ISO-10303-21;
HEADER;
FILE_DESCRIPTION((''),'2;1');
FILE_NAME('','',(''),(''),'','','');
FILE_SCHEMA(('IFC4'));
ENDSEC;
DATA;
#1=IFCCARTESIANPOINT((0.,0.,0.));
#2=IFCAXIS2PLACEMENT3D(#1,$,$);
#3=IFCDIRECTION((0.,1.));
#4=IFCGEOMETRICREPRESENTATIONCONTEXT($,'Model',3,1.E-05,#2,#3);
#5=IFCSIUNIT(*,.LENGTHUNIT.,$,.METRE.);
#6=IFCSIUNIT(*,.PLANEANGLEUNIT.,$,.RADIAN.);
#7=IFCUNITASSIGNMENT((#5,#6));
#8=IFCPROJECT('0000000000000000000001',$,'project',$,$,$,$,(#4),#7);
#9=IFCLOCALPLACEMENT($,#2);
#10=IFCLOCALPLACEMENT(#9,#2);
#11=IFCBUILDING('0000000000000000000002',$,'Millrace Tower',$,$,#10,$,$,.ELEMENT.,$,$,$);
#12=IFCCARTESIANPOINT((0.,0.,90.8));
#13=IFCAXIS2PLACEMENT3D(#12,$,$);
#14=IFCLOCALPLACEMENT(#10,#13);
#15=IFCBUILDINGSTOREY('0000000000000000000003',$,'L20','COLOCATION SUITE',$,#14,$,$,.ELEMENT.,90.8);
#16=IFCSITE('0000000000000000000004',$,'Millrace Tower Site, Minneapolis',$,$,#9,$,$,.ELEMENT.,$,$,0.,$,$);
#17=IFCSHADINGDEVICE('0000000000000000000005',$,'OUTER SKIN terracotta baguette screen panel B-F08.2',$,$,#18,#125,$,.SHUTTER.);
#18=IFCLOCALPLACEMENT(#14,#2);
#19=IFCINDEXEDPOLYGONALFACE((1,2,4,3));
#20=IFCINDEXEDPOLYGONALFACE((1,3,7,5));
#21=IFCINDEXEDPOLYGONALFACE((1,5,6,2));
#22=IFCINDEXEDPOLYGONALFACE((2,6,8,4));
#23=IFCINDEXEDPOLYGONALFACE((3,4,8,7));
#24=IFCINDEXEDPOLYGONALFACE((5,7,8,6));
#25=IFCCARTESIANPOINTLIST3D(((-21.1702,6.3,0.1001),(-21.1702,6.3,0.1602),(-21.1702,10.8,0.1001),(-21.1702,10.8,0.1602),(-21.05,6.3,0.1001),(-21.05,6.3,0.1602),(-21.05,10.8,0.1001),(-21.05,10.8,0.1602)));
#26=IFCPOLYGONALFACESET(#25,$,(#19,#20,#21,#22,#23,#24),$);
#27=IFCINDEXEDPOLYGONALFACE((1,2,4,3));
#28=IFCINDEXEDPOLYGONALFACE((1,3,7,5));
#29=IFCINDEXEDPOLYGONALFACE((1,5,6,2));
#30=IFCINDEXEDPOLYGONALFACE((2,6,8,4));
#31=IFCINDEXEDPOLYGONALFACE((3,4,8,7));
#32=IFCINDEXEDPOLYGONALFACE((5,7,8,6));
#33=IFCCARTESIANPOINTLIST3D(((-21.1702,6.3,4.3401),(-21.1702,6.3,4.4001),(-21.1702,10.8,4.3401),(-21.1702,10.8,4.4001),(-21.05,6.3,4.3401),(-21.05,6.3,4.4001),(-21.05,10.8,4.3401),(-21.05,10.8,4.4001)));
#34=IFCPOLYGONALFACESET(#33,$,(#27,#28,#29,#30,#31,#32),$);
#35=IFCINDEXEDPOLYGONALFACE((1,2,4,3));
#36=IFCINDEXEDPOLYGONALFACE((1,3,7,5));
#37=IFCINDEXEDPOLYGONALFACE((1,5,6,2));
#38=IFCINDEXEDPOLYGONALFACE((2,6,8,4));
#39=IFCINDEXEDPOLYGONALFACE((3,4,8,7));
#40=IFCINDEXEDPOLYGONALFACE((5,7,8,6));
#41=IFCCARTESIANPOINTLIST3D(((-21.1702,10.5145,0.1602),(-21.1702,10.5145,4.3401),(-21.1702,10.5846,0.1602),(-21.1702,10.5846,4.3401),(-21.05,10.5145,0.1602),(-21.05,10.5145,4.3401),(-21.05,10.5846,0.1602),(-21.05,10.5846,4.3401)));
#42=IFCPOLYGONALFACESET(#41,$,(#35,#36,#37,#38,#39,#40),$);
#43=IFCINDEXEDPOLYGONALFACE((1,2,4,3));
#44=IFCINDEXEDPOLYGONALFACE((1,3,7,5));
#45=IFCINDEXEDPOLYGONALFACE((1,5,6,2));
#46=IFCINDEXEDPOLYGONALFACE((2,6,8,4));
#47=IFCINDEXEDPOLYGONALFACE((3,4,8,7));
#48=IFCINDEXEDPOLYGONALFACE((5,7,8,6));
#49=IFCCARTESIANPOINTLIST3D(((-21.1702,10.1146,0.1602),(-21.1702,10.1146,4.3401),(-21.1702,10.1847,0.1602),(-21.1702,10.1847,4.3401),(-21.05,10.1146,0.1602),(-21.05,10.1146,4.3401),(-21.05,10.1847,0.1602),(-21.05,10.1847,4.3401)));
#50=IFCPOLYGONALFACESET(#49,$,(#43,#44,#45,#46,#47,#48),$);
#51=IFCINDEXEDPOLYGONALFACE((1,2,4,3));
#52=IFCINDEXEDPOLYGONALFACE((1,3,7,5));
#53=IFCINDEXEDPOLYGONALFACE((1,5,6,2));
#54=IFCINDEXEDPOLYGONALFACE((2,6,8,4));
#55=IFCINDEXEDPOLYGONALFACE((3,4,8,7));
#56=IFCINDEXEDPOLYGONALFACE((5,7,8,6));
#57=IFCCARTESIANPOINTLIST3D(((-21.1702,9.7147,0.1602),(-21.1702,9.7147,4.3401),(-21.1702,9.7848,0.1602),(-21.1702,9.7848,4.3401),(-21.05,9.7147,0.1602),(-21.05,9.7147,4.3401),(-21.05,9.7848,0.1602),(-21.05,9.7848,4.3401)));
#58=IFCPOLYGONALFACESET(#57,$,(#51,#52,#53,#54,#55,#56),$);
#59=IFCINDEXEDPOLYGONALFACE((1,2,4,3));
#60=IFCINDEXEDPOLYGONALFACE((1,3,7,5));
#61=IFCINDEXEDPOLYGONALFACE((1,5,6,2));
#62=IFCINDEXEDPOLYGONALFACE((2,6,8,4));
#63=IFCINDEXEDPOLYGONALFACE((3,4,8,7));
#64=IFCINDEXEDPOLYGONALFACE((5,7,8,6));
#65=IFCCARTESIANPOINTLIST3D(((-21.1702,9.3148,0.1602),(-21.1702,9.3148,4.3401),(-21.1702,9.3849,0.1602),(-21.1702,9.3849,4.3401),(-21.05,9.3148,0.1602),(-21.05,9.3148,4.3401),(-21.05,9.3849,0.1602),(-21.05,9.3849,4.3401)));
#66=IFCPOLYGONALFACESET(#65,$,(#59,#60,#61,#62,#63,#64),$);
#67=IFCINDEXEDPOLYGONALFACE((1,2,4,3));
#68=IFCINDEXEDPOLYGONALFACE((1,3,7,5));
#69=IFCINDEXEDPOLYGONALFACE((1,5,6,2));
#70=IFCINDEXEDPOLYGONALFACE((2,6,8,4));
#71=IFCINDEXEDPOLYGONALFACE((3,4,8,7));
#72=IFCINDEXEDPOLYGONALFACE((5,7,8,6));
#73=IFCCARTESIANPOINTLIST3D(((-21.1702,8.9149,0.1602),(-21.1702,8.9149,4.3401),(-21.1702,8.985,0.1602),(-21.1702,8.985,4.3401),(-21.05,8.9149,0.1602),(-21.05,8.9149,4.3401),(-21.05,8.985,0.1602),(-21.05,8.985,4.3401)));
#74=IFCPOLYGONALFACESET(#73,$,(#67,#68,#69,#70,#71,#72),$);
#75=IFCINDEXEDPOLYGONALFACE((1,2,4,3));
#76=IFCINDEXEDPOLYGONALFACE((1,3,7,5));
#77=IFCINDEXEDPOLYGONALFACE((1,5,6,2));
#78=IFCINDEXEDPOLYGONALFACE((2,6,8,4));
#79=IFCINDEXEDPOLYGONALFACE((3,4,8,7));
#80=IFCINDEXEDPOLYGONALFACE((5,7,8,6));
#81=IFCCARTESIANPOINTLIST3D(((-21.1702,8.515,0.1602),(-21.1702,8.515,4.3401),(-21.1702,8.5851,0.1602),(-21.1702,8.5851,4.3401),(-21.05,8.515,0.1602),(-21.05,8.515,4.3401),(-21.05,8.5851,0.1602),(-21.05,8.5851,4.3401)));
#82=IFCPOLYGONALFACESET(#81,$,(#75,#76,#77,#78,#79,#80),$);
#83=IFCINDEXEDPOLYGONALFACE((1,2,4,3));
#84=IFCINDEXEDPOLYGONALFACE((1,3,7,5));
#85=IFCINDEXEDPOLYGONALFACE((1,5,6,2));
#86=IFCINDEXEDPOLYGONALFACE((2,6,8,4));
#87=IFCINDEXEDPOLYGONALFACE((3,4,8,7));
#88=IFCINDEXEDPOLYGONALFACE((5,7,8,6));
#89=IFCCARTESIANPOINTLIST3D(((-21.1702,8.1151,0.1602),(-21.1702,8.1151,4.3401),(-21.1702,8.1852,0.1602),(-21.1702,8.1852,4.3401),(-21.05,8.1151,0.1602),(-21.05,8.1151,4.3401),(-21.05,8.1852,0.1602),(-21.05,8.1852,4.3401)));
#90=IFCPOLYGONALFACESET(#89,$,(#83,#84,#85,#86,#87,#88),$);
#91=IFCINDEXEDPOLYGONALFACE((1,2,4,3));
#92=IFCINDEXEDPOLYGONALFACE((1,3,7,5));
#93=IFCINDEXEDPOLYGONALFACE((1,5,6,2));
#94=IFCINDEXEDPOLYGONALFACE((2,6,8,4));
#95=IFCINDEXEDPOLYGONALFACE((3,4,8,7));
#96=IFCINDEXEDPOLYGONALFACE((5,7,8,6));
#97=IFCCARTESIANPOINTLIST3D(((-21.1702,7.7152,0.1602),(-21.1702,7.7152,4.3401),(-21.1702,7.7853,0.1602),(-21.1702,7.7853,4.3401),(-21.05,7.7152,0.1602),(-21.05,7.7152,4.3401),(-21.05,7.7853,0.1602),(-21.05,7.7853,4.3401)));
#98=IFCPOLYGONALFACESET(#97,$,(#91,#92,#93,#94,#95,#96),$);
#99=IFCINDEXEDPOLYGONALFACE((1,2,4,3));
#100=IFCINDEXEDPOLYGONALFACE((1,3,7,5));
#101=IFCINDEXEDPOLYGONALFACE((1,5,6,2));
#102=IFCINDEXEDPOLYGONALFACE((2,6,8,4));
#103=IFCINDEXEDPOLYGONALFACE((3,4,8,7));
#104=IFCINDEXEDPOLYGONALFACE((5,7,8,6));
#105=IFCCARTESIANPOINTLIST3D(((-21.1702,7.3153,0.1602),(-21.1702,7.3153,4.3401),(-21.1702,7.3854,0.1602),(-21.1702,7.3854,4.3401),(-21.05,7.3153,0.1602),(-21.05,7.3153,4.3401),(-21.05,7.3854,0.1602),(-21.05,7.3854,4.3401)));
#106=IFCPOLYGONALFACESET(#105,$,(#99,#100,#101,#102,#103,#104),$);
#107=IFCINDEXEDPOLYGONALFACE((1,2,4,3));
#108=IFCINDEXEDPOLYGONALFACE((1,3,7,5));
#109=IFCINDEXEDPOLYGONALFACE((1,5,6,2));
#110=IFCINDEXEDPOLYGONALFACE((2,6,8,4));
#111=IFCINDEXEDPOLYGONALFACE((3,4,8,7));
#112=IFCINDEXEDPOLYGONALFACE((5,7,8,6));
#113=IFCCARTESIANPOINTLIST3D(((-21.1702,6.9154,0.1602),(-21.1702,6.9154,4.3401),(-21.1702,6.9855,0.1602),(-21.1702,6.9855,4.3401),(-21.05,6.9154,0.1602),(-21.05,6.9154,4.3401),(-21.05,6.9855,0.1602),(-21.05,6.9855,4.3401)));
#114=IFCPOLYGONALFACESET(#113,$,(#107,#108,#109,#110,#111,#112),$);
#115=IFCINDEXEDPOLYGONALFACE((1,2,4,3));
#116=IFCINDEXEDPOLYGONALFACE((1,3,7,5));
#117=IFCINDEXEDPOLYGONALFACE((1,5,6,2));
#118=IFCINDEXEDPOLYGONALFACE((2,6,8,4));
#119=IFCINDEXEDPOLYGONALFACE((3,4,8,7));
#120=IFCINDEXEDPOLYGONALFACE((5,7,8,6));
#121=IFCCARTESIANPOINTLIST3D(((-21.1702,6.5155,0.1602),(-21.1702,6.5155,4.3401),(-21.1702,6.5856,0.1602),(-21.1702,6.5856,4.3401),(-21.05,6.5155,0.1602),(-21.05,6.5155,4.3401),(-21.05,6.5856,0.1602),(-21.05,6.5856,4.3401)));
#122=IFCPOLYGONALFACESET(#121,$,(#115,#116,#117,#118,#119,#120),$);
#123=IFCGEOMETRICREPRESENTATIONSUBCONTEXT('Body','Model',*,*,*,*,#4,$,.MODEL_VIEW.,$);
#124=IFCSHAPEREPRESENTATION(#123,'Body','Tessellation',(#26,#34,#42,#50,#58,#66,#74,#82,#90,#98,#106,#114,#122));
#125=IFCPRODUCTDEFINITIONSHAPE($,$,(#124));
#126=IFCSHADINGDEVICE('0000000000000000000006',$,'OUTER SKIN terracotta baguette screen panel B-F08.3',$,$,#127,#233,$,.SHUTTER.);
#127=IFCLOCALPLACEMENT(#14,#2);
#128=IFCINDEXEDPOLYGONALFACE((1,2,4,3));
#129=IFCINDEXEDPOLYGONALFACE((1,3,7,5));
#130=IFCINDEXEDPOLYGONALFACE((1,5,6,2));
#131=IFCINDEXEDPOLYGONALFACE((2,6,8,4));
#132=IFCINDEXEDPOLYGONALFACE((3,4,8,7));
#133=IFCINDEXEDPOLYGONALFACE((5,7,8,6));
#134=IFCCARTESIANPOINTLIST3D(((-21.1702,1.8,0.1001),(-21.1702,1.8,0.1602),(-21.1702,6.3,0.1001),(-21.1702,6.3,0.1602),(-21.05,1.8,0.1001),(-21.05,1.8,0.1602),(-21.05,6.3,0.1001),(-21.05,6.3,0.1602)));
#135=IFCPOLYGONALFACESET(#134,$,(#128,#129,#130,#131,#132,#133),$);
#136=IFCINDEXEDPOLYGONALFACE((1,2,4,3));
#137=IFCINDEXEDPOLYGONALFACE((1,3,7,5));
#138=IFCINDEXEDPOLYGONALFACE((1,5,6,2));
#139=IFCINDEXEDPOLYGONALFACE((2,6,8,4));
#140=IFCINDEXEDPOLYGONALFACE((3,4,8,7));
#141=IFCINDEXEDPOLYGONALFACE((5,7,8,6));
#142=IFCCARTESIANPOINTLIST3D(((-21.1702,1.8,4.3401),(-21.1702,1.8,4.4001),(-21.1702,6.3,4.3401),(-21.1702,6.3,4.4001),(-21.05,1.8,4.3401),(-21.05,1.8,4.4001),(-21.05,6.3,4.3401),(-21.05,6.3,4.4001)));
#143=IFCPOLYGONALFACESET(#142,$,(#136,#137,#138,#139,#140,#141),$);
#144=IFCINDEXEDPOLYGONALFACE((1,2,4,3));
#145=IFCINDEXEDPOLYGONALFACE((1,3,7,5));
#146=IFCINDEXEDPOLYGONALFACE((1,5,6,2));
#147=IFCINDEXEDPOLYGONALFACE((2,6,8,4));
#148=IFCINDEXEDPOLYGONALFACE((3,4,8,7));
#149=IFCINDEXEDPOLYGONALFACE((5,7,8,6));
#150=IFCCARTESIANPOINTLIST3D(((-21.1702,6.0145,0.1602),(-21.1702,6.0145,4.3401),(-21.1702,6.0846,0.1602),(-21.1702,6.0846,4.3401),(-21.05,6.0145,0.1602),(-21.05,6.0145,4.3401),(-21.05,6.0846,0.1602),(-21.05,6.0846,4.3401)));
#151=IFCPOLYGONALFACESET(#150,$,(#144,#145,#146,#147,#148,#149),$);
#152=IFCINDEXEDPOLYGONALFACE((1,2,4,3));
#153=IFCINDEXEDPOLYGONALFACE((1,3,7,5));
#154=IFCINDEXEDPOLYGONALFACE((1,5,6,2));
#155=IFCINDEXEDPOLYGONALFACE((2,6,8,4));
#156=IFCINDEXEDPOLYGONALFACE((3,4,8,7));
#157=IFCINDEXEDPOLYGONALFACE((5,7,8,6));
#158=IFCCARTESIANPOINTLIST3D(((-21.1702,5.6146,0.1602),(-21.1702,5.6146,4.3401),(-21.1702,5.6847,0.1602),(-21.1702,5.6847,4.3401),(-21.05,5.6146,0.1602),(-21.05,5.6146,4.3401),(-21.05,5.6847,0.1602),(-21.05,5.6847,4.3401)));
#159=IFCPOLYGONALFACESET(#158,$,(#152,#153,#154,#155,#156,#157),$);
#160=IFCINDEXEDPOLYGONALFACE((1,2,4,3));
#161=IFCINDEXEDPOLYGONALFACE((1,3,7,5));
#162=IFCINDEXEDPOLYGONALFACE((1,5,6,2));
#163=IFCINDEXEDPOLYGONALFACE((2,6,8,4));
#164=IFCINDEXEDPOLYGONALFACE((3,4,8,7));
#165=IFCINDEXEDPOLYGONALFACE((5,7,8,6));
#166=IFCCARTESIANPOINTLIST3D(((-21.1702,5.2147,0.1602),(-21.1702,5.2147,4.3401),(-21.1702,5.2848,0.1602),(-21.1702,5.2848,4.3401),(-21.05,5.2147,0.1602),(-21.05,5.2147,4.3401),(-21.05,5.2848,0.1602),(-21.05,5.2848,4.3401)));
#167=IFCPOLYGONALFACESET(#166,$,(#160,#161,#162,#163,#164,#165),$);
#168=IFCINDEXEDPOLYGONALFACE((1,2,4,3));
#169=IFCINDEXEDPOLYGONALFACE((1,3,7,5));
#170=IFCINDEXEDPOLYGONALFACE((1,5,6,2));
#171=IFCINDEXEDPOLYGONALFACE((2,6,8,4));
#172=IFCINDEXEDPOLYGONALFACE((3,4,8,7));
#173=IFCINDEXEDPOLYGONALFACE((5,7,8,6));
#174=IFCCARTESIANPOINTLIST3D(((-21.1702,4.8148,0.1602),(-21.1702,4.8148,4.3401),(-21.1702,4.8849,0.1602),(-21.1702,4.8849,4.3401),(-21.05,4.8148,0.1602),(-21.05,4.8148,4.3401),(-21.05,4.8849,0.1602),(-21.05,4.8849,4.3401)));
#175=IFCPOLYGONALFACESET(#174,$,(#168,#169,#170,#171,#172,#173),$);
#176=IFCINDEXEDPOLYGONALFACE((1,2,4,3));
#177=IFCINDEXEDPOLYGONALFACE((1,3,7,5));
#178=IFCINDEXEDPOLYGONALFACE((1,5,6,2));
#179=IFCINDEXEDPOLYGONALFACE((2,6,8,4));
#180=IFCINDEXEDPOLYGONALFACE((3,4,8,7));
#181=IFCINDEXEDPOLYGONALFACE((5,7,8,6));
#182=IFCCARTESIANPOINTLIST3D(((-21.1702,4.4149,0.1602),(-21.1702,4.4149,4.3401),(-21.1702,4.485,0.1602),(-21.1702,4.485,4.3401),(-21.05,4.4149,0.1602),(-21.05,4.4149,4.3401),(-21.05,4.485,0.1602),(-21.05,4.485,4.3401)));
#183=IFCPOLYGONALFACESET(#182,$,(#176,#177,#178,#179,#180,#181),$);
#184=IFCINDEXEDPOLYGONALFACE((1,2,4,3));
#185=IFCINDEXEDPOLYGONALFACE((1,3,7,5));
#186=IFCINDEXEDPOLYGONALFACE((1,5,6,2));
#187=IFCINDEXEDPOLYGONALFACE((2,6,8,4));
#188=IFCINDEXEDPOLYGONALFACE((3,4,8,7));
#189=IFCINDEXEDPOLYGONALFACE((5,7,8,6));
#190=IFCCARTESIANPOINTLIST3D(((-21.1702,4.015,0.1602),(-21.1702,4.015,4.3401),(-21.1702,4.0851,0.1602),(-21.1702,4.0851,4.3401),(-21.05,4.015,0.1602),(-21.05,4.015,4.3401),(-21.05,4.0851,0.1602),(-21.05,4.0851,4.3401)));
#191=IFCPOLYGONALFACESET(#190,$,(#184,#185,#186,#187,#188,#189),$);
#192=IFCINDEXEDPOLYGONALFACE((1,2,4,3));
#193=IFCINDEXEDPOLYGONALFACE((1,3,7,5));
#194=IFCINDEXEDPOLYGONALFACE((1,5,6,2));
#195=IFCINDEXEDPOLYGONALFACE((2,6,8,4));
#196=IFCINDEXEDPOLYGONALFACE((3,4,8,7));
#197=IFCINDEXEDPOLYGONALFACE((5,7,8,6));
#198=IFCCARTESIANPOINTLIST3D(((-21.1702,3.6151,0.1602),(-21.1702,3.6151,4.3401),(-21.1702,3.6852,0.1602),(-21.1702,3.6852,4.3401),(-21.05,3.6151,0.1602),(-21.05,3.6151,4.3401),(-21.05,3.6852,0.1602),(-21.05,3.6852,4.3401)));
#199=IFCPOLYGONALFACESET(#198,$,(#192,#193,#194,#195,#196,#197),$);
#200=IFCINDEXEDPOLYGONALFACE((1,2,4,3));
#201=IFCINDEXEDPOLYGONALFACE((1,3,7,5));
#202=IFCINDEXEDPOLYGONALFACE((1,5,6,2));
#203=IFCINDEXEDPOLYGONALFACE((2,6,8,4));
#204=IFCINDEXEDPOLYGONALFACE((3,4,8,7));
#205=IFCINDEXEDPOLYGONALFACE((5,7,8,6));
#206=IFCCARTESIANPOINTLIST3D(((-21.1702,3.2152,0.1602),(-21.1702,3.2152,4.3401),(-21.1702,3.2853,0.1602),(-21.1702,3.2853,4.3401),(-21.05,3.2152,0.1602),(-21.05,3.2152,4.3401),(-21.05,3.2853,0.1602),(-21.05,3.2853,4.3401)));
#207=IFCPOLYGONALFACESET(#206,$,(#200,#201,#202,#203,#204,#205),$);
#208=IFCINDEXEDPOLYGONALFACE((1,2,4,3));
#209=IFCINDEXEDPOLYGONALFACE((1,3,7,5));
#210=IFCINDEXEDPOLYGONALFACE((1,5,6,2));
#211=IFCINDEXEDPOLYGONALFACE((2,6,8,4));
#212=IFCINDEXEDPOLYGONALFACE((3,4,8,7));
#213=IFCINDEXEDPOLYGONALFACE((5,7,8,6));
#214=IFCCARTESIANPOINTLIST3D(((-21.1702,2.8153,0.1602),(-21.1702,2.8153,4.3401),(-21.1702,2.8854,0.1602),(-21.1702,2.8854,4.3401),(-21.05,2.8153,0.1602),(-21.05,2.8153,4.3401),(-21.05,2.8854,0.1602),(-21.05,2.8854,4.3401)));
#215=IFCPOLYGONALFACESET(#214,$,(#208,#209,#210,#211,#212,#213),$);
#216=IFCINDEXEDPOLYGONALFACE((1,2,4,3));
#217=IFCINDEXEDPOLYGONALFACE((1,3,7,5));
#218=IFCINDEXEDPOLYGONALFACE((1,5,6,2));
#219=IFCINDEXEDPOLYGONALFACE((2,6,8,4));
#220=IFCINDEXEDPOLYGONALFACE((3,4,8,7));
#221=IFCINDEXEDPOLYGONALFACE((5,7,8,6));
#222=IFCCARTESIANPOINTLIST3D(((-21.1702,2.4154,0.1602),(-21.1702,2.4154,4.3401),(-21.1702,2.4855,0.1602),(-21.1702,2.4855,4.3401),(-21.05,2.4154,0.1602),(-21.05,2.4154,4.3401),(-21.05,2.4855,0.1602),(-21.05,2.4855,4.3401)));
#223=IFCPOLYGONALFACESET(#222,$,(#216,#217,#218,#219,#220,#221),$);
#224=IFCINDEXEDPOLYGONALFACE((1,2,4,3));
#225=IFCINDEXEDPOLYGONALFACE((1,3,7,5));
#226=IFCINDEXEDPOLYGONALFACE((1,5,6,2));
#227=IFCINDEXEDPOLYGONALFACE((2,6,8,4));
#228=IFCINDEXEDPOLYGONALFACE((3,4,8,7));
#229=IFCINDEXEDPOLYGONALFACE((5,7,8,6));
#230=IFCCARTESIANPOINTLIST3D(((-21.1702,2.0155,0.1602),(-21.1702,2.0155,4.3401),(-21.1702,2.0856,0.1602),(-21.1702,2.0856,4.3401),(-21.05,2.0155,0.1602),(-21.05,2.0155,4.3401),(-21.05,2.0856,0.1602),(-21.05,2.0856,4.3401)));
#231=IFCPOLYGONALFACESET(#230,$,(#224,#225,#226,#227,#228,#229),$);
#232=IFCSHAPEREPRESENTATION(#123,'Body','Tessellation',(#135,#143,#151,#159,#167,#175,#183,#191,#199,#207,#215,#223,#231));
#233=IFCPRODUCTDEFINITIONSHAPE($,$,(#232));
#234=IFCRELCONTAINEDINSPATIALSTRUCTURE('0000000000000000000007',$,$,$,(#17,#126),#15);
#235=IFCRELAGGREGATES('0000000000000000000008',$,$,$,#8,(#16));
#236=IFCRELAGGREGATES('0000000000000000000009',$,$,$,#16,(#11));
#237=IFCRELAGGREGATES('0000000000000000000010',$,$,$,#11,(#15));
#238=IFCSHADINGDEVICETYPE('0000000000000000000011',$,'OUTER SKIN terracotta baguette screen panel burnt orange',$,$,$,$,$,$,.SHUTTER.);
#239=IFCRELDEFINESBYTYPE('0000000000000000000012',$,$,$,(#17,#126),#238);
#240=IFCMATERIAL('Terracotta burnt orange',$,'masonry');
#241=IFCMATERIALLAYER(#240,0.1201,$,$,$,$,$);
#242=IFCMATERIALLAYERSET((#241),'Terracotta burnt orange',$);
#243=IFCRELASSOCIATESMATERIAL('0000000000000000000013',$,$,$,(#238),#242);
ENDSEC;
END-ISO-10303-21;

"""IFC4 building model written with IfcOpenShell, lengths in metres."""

from ifc_helpers import new_model, entity, si_unit, direction, frame, frame_2d, origin, origin_2d, place, context, subcontext, project, spatial, rectangle, extrude, source, transform, mapped, material, layer, layer_set, type_object, element, save


model = new_model("IFC4")

# Units and contexts
model_context = context("Model", 3, precision=1e-05, world=origin(), true_north=direction((0.0, 1.0)))
body_context = subcontext(model_context, "Body", "Model", "MODEL_VIEW")
ifc_project = project(units=[si_unit("LENGTHUNIT", "METRE"), si_unit("PLANEANGLEUNIT", "RADIAN")], contexts=[model_context])

# Site, building, storey
site_placement = place(None, origin())
site = spatial("IfcSite", under=ifc_project, at=site_placement, Name="Millrace Tower Site, Minneapolis", CompositionType="ELEMENT", RefElevation=0.0)
building_placement = place(site_placement, origin())
building = spatial("IfcBuilding", under=site, at=building_placement, Name="Millrace Tower", CompositionType="ELEMENT")
storey_placement = place(building_placement, frame((0.0, 0.0, 90.8)))
storey = spatial("IfcBuildingStorey", under=building, at=storey_placement, Name="L20", Description="COLOCATION SUITE", CompositionType="ELEMENT", Elevation=90.8)

# Shading devices
ifc_material_1 = material(Name="Terracotta burnt orange", Category="masonry")
ifc_layer_1 = layer(ifc_material_1, 0.1201)
ifc_layer_set_1 = layer_set([ifc_layer_1], Name="Terracotta burnt orange")
shading_device_type = type_object("IfcShadingDeviceType", Name="OUTER SKIN terracotta baguette screen panel burnt orange", PredefinedType="SHUTTER", material=ifc_layer_set_1)
cartesian_point = entity("IfcCartesianPoint", [-2.25, 0.0601])
shared_polyline = entity("IfcPolyline", [cartesian_point, entity("IfcCartesianPoint", [2.25, 0.0601]), entity("IfcCartesianPoint", [2.25, -0.0601]), entity("IfcCartesianPoint", [-2.25, -0.0601]), cartesian_point])
shared_shape = source(origin(), body_context, "Body", "SweptSolid", [
    entity("IfcExtrudedAreaSolid", entity("IfcArbitraryClosedProfileDef", "AREA", None, shared_polyline), entity("IfcAxis2Placement3D", entity("IfcCartesianPoint", [0.0, 0.0, 0.0])), entity("IfcDirection", [0.0, 0.0, 1.0]), 0.0601),
    entity("IfcExtrudedAreaSolid", entity("IfcArbitraryClosedProfileDef", "AREA", None, shared_polyline), entity("IfcAxis2Placement3D", entity("IfcCartesianPoint", [0.0, 0.0, 4.24])), entity("IfcDirection", [0.0, 0.0, 1.0]), 0.0601),
    extrude(rectangle(XDim=0.0701, YDim=0.1201, at=frame_2d((-1.9995, 0.0))), frame((0.0, 0.0, 0.0601)), (0.0, 0.0, 1.0), 4.1799),
    extrude(rectangle(XDim=0.0701, YDim=0.1201, at=frame_2d((-1.5996, 0.0))), frame((0.0, 0.0, 0.0601)), (0.0, 0.0, 1.0), 4.1799),
    extrude(rectangle(XDim=0.0701, YDim=0.1201, at=frame_2d((-1.1997, 0.0))), frame((0.0, 0.0, 0.0601)), (0.0, 0.0, 1.0), 4.1799),
    extrude(rectangle(XDim=0.0701, YDim=0.1201, at=frame_2d((-0.7998, 0.0))), frame((0.0, 0.0, 0.0601)), (0.0, 0.0, 1.0), 4.1799),
    extrude(rectangle(XDim=0.0701, YDim=0.1201, at=frame_2d((-0.3999, 0.0))), frame((0.0, 0.0, 0.0601)), (0.0, 0.0, 1.0), 4.1799),
    extrude(rectangle(XDim=0.0701, YDim=0.1201, at=origin_2d()), frame((0.0, 0.0, 0.0601)), (0.0, 0.0, 1.0), 4.1799),
    extrude(rectangle(XDim=0.0701, YDim=0.1201, at=frame_2d((0.3999, 0.0))), frame((0.0, 0.0, 0.0601)), (0.0, 0.0, 1.0), 4.1799),
    extrude(rectangle(XDim=0.0701, YDim=0.1201, at=frame_2d((0.7998, 0.0))), frame((0.0, 0.0, 0.0601)), (0.0, 0.0, 1.0), 4.1799),
    extrude(rectangle(XDim=0.0701, YDim=0.1201, at=frame_2d((1.1997, 0.0))), frame((0.0, 0.0, 0.0601)), (0.0, 0.0, 1.0), 4.1799),
    extrude(rectangle(XDim=0.0701, YDim=0.1201, at=frame_2d((1.5996, 0.0))), frame((0.0, 0.0, 0.0601)), (0.0, 0.0, 1.0), 4.1799),
    extrude(rectangle(XDim=0.0701, YDim=0.1201, at=frame_2d((1.9995, 0.0))), frame((0.0, 0.0, 0.0601)), (0.0, 0.0, 1.0), 4.1799),
])
for number, where, z_axis, x_axis, name in (
    (1, (-21.1101, 8.55, 0.1001), (0.0, 0.0, 1.0), (0.0, -1.0, 0.0), "OUTER SKIN terracotta baguette screen panel B-F08.2"),
    (2, (-21.1101, 4.05, 0.1001), (0.0, 0.0, 1.0), (0.0, -1.0, 0.0), "OUTER SKIN terracotta baguette screen panel B-F08.3"),
):
    element("IfcShadingDevice", number, at=place(storey_placement, frame(where, z_axis=z_axis, x_axis=x_axis)), inside=storey, type_object=shading_device_type, Name=name, PredefinedType="SHUTTER", context=body_context, shape_type="MappedRepresentation", body=[
        mapped(shared_shape, transform((0.0, 0.0, 0.0), scale=1.0)),
    ])

save(model, "model.ifc")
